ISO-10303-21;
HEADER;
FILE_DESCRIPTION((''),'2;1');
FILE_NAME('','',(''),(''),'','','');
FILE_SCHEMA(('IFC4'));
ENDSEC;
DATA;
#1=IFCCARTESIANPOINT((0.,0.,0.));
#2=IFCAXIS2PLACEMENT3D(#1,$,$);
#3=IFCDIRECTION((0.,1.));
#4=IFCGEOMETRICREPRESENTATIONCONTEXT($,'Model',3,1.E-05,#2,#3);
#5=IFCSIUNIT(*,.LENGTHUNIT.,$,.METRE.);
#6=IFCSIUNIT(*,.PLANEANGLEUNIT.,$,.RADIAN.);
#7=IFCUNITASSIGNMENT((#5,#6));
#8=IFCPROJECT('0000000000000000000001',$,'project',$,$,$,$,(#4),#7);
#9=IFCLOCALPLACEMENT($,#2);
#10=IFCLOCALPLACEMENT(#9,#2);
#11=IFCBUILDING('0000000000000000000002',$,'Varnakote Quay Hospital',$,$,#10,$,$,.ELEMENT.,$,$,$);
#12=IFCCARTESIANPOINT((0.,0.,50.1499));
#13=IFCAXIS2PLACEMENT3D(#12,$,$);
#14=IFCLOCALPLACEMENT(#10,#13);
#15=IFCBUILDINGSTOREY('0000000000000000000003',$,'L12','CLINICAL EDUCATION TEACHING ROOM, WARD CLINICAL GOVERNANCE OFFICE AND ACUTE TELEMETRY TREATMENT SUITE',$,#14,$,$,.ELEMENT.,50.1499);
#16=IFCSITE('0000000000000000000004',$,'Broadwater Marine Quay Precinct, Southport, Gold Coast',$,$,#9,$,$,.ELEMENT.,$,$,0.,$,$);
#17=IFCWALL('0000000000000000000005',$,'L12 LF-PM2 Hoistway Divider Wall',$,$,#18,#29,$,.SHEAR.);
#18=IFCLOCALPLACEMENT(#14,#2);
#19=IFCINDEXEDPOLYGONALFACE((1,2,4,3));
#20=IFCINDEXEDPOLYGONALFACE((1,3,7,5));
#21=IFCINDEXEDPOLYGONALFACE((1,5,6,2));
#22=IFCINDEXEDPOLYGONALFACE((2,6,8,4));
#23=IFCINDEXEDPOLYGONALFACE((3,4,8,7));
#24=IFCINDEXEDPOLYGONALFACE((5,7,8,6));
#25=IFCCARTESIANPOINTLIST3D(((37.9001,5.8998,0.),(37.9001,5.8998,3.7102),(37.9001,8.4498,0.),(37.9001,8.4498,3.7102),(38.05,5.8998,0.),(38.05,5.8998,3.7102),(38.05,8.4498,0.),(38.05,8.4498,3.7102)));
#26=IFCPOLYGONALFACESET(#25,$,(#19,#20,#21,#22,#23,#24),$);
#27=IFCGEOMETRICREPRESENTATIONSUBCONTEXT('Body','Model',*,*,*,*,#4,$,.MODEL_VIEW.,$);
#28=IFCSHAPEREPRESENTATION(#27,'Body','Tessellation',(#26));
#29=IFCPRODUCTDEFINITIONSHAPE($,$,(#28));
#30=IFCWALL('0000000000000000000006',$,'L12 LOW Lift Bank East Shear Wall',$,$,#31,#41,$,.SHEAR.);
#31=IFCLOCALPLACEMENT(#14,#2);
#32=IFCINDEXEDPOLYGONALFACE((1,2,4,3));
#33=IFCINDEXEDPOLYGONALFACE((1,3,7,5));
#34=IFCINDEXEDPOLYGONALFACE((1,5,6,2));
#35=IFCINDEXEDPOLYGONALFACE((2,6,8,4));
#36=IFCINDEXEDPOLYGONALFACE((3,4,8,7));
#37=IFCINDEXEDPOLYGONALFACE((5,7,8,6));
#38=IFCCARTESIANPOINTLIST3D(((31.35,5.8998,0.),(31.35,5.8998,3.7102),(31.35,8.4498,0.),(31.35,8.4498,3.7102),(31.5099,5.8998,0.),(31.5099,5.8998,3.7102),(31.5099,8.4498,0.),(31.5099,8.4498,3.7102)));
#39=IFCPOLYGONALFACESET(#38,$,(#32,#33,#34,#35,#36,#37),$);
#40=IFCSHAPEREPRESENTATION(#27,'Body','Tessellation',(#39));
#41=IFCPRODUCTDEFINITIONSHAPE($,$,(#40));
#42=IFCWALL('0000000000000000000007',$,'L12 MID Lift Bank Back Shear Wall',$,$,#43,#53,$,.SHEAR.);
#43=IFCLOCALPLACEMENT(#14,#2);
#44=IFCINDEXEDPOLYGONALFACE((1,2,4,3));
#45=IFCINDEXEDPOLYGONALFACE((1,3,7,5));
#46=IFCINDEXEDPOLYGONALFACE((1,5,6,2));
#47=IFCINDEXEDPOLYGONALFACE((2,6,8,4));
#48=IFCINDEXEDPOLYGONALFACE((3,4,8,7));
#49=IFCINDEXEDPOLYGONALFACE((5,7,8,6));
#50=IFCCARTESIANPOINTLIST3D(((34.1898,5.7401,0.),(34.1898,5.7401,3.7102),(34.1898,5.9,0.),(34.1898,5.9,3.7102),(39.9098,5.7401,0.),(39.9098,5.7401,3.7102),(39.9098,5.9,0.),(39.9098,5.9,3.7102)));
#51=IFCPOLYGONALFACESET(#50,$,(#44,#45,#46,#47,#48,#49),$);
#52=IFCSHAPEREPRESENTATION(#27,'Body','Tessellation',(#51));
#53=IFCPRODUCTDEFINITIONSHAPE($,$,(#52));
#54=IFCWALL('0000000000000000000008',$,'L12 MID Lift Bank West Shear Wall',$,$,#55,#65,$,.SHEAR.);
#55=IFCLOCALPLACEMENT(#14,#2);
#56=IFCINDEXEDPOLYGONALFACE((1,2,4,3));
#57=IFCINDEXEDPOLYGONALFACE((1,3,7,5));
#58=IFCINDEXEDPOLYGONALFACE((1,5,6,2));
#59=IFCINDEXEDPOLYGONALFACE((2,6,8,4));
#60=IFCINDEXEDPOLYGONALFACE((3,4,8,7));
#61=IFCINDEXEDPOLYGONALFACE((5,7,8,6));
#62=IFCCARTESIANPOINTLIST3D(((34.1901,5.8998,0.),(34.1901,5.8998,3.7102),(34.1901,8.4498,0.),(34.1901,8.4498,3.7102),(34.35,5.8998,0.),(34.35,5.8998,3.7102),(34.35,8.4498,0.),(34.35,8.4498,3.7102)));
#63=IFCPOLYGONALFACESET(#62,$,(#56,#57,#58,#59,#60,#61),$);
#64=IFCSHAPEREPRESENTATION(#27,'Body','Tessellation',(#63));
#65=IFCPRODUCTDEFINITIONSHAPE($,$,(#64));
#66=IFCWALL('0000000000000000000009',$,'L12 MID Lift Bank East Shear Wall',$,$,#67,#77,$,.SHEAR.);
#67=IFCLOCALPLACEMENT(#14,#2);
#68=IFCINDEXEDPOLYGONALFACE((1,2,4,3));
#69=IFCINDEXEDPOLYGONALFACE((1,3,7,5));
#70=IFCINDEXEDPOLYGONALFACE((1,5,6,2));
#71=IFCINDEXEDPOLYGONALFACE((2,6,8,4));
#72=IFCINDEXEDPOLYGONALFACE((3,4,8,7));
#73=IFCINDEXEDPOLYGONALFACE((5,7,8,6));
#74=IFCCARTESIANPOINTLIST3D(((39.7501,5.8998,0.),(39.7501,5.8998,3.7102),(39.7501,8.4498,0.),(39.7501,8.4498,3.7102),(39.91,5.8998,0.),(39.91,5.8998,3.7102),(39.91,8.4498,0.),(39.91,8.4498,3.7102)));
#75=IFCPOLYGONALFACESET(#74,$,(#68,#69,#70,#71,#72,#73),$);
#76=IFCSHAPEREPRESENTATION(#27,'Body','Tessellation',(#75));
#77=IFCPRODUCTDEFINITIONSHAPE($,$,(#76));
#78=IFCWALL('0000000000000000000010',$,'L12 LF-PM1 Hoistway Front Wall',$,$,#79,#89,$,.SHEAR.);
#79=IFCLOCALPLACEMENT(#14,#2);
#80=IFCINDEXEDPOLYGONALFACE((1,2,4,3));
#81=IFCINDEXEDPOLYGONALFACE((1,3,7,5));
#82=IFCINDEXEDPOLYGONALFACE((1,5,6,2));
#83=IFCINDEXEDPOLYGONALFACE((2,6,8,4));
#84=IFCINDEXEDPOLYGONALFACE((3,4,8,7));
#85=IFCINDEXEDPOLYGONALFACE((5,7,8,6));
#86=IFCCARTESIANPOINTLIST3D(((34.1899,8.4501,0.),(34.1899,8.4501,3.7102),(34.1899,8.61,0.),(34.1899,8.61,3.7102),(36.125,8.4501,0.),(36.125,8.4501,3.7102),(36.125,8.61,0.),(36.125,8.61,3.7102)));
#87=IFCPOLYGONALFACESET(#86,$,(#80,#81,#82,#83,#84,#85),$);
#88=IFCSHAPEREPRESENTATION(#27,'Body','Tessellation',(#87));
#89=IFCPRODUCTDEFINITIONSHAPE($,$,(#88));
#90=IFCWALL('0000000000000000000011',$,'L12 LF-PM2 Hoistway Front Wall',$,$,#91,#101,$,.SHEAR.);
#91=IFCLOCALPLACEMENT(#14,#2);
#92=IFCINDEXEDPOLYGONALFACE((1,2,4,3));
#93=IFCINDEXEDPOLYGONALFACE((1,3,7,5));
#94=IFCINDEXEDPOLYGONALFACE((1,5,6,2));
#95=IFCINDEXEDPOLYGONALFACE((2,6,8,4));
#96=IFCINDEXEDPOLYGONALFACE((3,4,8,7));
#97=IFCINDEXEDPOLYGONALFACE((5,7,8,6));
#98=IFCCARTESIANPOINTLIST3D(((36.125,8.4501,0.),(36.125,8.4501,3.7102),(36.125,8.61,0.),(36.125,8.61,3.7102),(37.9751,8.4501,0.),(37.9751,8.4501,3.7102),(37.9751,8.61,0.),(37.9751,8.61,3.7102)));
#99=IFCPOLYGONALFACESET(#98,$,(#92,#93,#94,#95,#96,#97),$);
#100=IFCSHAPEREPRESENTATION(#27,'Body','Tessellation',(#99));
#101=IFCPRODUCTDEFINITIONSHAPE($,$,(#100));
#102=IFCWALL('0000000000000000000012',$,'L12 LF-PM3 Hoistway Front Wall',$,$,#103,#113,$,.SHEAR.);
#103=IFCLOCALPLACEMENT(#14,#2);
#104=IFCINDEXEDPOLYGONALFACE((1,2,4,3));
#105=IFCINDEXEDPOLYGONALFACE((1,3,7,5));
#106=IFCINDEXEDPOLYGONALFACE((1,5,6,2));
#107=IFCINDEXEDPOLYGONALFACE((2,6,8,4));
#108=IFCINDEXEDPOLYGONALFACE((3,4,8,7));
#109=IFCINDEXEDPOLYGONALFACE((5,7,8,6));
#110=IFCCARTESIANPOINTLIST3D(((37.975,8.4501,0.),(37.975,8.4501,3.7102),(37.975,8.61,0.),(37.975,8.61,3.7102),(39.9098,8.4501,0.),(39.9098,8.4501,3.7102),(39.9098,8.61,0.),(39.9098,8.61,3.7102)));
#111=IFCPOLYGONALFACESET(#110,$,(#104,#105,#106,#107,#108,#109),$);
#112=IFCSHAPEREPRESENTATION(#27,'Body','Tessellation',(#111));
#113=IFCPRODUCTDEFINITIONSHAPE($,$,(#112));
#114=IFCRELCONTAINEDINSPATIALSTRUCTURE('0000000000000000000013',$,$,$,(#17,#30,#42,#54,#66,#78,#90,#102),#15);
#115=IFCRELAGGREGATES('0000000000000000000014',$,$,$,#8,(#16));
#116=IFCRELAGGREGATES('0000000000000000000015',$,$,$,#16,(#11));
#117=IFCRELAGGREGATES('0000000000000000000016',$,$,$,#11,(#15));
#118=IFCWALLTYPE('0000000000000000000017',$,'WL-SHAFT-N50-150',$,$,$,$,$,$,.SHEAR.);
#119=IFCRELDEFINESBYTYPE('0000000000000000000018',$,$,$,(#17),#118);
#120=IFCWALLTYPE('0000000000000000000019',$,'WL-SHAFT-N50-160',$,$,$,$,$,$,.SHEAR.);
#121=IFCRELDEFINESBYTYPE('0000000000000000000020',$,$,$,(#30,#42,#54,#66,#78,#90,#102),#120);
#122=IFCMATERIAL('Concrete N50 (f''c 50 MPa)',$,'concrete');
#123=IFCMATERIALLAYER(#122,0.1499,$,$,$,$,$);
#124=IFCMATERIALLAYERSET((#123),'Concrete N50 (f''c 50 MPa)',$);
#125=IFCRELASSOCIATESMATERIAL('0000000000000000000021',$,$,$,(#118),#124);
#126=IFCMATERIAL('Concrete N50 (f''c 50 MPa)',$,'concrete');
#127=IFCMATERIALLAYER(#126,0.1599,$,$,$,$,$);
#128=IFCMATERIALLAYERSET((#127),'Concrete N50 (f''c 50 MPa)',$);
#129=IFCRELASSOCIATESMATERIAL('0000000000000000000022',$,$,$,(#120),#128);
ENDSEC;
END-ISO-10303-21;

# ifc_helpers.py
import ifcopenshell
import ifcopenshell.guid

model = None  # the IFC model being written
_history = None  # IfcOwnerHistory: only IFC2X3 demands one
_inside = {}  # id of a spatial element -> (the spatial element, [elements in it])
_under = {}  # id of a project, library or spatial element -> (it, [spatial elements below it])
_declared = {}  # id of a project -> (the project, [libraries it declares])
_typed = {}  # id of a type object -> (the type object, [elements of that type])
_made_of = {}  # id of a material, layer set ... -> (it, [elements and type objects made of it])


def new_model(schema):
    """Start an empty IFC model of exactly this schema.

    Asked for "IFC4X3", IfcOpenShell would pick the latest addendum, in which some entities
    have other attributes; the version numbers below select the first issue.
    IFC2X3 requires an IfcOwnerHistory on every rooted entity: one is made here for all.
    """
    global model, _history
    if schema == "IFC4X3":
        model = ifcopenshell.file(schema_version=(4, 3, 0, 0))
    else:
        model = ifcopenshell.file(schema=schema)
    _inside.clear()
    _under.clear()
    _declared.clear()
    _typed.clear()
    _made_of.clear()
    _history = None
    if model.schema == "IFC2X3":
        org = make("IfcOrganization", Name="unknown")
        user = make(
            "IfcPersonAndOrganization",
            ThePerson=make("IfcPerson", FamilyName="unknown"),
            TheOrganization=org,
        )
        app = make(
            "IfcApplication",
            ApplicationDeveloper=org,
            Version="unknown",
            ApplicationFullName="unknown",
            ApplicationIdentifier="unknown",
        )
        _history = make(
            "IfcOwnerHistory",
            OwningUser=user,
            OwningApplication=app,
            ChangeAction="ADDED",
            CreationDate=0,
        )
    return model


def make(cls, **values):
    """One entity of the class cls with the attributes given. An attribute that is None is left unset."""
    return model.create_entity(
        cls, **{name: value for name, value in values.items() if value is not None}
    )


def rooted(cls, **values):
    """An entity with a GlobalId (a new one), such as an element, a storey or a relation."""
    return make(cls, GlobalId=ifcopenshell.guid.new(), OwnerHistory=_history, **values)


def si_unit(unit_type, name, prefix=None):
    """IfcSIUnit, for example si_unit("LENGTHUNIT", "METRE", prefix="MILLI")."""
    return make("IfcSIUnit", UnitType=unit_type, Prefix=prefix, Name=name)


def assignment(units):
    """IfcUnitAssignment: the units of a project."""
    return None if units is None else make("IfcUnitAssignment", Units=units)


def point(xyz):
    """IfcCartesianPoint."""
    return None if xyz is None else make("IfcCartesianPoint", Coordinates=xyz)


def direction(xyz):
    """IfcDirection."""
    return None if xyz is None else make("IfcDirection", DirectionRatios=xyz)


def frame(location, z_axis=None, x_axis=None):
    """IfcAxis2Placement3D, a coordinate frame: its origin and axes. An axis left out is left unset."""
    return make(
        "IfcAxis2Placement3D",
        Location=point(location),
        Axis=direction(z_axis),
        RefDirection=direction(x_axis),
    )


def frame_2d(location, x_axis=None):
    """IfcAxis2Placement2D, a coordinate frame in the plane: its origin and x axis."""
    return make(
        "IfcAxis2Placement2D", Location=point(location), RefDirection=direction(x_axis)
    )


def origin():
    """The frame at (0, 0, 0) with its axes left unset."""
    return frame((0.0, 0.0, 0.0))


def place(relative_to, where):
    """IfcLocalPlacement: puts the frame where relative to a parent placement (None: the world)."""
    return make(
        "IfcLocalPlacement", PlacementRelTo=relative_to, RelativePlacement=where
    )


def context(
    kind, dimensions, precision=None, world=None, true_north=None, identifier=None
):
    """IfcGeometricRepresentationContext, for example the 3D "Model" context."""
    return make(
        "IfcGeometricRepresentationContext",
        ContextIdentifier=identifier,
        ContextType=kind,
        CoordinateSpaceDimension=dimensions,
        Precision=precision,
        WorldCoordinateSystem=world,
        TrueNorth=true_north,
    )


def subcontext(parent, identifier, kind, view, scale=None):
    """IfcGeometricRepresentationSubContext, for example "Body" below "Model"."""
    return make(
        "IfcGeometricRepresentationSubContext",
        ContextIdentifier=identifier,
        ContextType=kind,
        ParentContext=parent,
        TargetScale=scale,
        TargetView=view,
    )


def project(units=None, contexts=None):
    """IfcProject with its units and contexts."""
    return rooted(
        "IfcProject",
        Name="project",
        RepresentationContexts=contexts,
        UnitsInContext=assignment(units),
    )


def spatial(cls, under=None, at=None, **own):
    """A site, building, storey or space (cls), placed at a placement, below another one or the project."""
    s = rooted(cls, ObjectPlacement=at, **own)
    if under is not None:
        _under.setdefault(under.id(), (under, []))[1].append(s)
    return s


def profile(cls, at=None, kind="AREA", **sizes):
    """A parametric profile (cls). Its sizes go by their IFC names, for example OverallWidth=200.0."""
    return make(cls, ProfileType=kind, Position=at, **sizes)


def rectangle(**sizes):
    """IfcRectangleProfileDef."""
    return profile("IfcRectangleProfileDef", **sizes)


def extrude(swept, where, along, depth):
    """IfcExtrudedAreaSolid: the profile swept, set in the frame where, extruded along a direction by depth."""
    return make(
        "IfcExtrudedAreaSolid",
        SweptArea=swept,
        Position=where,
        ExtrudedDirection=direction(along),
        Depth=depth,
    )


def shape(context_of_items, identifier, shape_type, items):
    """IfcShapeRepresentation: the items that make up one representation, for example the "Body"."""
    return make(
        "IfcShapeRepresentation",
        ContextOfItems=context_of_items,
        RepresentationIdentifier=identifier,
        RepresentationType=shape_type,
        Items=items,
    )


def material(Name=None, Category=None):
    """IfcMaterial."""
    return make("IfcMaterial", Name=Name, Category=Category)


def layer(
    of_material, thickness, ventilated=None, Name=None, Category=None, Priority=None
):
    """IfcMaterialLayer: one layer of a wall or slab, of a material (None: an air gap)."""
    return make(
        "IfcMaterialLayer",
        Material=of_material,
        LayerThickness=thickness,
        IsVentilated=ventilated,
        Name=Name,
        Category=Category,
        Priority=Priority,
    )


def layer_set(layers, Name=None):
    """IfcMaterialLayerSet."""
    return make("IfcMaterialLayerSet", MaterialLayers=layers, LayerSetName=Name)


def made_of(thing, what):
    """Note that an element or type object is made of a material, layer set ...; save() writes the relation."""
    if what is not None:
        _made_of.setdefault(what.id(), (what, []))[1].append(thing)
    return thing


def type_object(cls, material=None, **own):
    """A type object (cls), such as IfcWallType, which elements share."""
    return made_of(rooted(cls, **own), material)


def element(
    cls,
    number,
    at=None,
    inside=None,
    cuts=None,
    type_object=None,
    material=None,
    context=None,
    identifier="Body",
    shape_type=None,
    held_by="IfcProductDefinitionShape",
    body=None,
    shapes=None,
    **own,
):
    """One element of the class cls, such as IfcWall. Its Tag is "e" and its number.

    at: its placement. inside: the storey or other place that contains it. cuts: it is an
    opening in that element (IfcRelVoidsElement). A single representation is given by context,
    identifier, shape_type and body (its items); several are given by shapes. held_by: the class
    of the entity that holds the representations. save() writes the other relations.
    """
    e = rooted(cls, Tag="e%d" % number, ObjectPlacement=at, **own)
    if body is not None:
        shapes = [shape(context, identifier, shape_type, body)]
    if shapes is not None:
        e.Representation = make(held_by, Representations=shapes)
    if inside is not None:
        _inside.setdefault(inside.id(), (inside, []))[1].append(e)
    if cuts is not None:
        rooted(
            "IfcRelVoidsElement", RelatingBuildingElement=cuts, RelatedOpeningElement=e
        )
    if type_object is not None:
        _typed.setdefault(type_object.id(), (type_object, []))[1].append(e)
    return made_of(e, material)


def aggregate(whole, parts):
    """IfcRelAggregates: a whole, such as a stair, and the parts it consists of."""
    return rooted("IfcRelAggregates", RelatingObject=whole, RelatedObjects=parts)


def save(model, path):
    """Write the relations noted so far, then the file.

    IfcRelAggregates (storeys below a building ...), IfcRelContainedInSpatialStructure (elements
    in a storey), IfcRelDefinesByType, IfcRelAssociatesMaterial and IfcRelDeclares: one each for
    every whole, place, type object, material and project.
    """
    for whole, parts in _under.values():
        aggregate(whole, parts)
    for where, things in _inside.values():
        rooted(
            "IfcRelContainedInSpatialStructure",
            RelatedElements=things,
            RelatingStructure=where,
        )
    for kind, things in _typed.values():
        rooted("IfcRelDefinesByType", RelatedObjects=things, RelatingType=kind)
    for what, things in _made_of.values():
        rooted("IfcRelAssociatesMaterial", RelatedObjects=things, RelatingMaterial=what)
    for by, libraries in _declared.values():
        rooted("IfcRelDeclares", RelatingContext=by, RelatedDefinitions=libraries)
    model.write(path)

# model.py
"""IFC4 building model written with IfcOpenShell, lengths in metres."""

from ifc_helpers import new_model, si_unit, direction, frame, frame_2d, origin, place, context, subcontext, project, spatial, rectangle, extrude, material, layer, layer_set, type_object, element, save


model = new_model("IFC4")

# Units and contexts
model_context = context("Model", 3, precision=1e-05, world=origin(), true_north=direction((0.0, 1.0)))
body_context = subcontext(model_context, "Body", "Model", "MODEL_VIEW")
ifc_project = project(units=[si_unit("LENGTHUNIT", "METRE"), si_unit("PLANEANGLEUNIT", "RADIAN")], contexts=[model_context])

# Site, building, storey
site_placement = place(None, origin())
site = spatial("IfcSite", under=ifc_project, at=site_placement, Name="Broadwater Marine Quay Precinct, Southport, Gold Coast", CompositionType="ELEMENT", RefElevation=0.0)
building_placement = place(site_placement, origin())
building = spatial("IfcBuilding", under=site, at=building_placement, Name="Varnakote Quay Hospital", CompositionType="ELEMENT")
storey_placement = place(building_placement, frame((0.0, 0.0, 50.1499)))
storey = spatial("IfcBuildingStorey", under=building, at=storey_placement, Name="L12", Description="CLINICAL EDUCATION TEACHING ROOM, WARD CLINICAL GOVERNANCE OFFICE AND ACUTE TELEMETRY TREATMENT SUITE", CompositionType="ELEMENT", Elevation=50.1499)

# Walls
ifc_material_1 = material(Name="Concrete N50 (f'c 50 MPa)", Category="concrete")
ifc_layer_1 = layer(ifc_material_1, 0.1499)
ifc_layer_set_1 = layer_set([ifc_layer_1], Name="Concrete N50 (f'c 50 MPa)")
wall_type_1 = type_object("IfcWallType", Name="WL-SHAFT-N50-150", PredefinedType="SHEAR", material=ifc_layer_set_1)
for number, where, z_axis, x_axis, name in (
    (1, (37.9751, 5.8999, 0.0), (0.0, 0.0, 1.0), (0.0, 1.0, 0.0), "L12 LF-PM2 Hoistway Divider Wall"),
):
    element("IfcWall", number, at=place(storey_placement, frame(where, z_axis=z_axis, x_axis=x_axis)), inside=storey, type_object=wall_type_1, Name=name, PredefinedType="SHEAR", context=body_context, shape_type="SweptSolid", body=[
        extrude(rectangle(XDim=2.55, YDim=0.1499, at=frame_2d((1.2749, 0.0))), origin(), (0.0, 0.0, 1.0), 3.7102),
    ])
ifc_material_2 = material(Name="Concrete N50 (f'c 50 MPa)", Category="concrete")
ifc_layer_2 = layer(ifc_material_2, 0.1599)
ifc_layer_set_2 = layer_set([ifc_layer_2], Name="Concrete N50 (f'c 50 MPa)")
wall_type_2 = type_object("IfcWallType", Name="WL-SHAFT-N50-160", PredefinedType="SHEAR", material=ifc_layer_set_2)
wall_1_placement = place(storey_placement, frame((31.4299, 5.8999, 0.0), z_axis=(0.0, 0.0, 1.0), x_axis=(0.0, 1.0, 0.0)))
element("IfcWall", 2, at=wall_1_placement, inside=storey, type_object=wall_type_2, Name="L12 LOW Lift Bank East Shear Wall", PredefinedType="SHEAR", context=body_context, shape_type="SweptSolid", body=[
    extrude(rectangle(XDim=2.55, YDim=0.1599, at=frame_2d((1.2749, 0.0))), origin(), (0.0, 0.0, 1.0), 3.7102),
])

# Walls
wall_2_placement = place(storey_placement, frame((34.1899, 5.8201, 0.0), z_axis=(0.0, 0.0, 1.0), x_axis=(1.0, 0.0, 0.0)))
element("IfcWall", 3, at=wall_2_placement, inside=storey, type_object=wall_type_2, Name="L12 MID Lift Bank Back Shear Wall", PredefinedType="SHEAR", context=body_context, shape_type="SweptSolid", body=[
    extrude(rectangle(XDim=5.72, YDim=0.1599, at=frame_2d((2.8599, 0.0))), origin(), (0.0, 0.0, 1.0), 3.7102),
])
for number, where, z_axis, x_axis, name in (
    (4, (34.27, 5.8999, 0.0), (0.0, 0.0, 1.0), (0.0, 1.0, 0.0), "L12 MID Lift Bank West Shear Wall"),
    (5, (39.8301, 5.8999, 0.0), (0.0, 0.0, 1.0), (0.0, 1.0, 0.0), "L12 MID Lift Bank East Shear Wall"),
):
    element("IfcWall", number, at=place(storey_placement, frame(where, z_axis=z_axis, x_axis=x_axis)), inside=storey, type_object=wall_type_2, Name=name, PredefinedType="SHEAR", context=body_context, shape_type="SweptSolid", body=[
        extrude(rectangle(XDim=2.55, YDim=0.1599, at=frame_2d((1.2749, 0.0))), origin(), (0.0, 0.0, 1.0), 3.7102),
    ])
wall_3_placement = place(storey_placement, frame((34.1899, 8.53, 0.0), z_axis=(0.0, 0.0, 1.0), x_axis=(1.0, 0.0, 0.0)))
element("IfcWall", 6, at=wall_3_placement, inside=storey, type_object=wall_type_2, Name="L12 LF-PM1 Hoistway Front Wall", PredefinedType="SHEAR", context=body_context, shape_type="SweptSolid", body=[
    extrude(rectangle(XDim=1.9351, YDim=0.1599, at=frame_2d((0.9675, 0.0))), origin(), (0.0, 0.0, 1.0), 3.7102),
])
wall_4_placement = place(storey_placement, frame((36.125, 8.53, 0.0), z_axis=(0.0, 0.0, 1.0), x_axis=(1.0, 0.0, 0.0)))
element("IfcWall", 7, at=wall_4_placement, inside=storey, type_object=wall_type_2, Name="L12 LF-PM2 Hoistway Front Wall", PredefinedType="SHEAR", context=body_context, shape_type="SweptSolid", body=[
    extrude(rectangle(XDim=1.8501, YDim=0.1599, at=frame_2d((0.925, 0.0))), origin(), (0.0, 0.0, 1.0), 3.7102),
])
wall_5_placement = place(storey_placement, frame((37.9751, 8.53, 0.0), z_axis=(0.0, 0.0, 1.0), x_axis=(1.0, 0.0, 0.0)))
element("IfcWall", 8, at=wall_5_placement, inside=storey, type_object=wall_type_2, Name="L12 LF-PM3 Hoistway Front Wall", PredefinedType="SHEAR", context=body_context, shape_type="SweptSolid", body=[
    extrude(rectangle(XDim=1.9348, YDim=0.1599, at=frame_2d((0.9673, 0.0))), origin(), (0.0, 0.0, 1.0), 3.7102),
])

save(model, "model.ifc")
